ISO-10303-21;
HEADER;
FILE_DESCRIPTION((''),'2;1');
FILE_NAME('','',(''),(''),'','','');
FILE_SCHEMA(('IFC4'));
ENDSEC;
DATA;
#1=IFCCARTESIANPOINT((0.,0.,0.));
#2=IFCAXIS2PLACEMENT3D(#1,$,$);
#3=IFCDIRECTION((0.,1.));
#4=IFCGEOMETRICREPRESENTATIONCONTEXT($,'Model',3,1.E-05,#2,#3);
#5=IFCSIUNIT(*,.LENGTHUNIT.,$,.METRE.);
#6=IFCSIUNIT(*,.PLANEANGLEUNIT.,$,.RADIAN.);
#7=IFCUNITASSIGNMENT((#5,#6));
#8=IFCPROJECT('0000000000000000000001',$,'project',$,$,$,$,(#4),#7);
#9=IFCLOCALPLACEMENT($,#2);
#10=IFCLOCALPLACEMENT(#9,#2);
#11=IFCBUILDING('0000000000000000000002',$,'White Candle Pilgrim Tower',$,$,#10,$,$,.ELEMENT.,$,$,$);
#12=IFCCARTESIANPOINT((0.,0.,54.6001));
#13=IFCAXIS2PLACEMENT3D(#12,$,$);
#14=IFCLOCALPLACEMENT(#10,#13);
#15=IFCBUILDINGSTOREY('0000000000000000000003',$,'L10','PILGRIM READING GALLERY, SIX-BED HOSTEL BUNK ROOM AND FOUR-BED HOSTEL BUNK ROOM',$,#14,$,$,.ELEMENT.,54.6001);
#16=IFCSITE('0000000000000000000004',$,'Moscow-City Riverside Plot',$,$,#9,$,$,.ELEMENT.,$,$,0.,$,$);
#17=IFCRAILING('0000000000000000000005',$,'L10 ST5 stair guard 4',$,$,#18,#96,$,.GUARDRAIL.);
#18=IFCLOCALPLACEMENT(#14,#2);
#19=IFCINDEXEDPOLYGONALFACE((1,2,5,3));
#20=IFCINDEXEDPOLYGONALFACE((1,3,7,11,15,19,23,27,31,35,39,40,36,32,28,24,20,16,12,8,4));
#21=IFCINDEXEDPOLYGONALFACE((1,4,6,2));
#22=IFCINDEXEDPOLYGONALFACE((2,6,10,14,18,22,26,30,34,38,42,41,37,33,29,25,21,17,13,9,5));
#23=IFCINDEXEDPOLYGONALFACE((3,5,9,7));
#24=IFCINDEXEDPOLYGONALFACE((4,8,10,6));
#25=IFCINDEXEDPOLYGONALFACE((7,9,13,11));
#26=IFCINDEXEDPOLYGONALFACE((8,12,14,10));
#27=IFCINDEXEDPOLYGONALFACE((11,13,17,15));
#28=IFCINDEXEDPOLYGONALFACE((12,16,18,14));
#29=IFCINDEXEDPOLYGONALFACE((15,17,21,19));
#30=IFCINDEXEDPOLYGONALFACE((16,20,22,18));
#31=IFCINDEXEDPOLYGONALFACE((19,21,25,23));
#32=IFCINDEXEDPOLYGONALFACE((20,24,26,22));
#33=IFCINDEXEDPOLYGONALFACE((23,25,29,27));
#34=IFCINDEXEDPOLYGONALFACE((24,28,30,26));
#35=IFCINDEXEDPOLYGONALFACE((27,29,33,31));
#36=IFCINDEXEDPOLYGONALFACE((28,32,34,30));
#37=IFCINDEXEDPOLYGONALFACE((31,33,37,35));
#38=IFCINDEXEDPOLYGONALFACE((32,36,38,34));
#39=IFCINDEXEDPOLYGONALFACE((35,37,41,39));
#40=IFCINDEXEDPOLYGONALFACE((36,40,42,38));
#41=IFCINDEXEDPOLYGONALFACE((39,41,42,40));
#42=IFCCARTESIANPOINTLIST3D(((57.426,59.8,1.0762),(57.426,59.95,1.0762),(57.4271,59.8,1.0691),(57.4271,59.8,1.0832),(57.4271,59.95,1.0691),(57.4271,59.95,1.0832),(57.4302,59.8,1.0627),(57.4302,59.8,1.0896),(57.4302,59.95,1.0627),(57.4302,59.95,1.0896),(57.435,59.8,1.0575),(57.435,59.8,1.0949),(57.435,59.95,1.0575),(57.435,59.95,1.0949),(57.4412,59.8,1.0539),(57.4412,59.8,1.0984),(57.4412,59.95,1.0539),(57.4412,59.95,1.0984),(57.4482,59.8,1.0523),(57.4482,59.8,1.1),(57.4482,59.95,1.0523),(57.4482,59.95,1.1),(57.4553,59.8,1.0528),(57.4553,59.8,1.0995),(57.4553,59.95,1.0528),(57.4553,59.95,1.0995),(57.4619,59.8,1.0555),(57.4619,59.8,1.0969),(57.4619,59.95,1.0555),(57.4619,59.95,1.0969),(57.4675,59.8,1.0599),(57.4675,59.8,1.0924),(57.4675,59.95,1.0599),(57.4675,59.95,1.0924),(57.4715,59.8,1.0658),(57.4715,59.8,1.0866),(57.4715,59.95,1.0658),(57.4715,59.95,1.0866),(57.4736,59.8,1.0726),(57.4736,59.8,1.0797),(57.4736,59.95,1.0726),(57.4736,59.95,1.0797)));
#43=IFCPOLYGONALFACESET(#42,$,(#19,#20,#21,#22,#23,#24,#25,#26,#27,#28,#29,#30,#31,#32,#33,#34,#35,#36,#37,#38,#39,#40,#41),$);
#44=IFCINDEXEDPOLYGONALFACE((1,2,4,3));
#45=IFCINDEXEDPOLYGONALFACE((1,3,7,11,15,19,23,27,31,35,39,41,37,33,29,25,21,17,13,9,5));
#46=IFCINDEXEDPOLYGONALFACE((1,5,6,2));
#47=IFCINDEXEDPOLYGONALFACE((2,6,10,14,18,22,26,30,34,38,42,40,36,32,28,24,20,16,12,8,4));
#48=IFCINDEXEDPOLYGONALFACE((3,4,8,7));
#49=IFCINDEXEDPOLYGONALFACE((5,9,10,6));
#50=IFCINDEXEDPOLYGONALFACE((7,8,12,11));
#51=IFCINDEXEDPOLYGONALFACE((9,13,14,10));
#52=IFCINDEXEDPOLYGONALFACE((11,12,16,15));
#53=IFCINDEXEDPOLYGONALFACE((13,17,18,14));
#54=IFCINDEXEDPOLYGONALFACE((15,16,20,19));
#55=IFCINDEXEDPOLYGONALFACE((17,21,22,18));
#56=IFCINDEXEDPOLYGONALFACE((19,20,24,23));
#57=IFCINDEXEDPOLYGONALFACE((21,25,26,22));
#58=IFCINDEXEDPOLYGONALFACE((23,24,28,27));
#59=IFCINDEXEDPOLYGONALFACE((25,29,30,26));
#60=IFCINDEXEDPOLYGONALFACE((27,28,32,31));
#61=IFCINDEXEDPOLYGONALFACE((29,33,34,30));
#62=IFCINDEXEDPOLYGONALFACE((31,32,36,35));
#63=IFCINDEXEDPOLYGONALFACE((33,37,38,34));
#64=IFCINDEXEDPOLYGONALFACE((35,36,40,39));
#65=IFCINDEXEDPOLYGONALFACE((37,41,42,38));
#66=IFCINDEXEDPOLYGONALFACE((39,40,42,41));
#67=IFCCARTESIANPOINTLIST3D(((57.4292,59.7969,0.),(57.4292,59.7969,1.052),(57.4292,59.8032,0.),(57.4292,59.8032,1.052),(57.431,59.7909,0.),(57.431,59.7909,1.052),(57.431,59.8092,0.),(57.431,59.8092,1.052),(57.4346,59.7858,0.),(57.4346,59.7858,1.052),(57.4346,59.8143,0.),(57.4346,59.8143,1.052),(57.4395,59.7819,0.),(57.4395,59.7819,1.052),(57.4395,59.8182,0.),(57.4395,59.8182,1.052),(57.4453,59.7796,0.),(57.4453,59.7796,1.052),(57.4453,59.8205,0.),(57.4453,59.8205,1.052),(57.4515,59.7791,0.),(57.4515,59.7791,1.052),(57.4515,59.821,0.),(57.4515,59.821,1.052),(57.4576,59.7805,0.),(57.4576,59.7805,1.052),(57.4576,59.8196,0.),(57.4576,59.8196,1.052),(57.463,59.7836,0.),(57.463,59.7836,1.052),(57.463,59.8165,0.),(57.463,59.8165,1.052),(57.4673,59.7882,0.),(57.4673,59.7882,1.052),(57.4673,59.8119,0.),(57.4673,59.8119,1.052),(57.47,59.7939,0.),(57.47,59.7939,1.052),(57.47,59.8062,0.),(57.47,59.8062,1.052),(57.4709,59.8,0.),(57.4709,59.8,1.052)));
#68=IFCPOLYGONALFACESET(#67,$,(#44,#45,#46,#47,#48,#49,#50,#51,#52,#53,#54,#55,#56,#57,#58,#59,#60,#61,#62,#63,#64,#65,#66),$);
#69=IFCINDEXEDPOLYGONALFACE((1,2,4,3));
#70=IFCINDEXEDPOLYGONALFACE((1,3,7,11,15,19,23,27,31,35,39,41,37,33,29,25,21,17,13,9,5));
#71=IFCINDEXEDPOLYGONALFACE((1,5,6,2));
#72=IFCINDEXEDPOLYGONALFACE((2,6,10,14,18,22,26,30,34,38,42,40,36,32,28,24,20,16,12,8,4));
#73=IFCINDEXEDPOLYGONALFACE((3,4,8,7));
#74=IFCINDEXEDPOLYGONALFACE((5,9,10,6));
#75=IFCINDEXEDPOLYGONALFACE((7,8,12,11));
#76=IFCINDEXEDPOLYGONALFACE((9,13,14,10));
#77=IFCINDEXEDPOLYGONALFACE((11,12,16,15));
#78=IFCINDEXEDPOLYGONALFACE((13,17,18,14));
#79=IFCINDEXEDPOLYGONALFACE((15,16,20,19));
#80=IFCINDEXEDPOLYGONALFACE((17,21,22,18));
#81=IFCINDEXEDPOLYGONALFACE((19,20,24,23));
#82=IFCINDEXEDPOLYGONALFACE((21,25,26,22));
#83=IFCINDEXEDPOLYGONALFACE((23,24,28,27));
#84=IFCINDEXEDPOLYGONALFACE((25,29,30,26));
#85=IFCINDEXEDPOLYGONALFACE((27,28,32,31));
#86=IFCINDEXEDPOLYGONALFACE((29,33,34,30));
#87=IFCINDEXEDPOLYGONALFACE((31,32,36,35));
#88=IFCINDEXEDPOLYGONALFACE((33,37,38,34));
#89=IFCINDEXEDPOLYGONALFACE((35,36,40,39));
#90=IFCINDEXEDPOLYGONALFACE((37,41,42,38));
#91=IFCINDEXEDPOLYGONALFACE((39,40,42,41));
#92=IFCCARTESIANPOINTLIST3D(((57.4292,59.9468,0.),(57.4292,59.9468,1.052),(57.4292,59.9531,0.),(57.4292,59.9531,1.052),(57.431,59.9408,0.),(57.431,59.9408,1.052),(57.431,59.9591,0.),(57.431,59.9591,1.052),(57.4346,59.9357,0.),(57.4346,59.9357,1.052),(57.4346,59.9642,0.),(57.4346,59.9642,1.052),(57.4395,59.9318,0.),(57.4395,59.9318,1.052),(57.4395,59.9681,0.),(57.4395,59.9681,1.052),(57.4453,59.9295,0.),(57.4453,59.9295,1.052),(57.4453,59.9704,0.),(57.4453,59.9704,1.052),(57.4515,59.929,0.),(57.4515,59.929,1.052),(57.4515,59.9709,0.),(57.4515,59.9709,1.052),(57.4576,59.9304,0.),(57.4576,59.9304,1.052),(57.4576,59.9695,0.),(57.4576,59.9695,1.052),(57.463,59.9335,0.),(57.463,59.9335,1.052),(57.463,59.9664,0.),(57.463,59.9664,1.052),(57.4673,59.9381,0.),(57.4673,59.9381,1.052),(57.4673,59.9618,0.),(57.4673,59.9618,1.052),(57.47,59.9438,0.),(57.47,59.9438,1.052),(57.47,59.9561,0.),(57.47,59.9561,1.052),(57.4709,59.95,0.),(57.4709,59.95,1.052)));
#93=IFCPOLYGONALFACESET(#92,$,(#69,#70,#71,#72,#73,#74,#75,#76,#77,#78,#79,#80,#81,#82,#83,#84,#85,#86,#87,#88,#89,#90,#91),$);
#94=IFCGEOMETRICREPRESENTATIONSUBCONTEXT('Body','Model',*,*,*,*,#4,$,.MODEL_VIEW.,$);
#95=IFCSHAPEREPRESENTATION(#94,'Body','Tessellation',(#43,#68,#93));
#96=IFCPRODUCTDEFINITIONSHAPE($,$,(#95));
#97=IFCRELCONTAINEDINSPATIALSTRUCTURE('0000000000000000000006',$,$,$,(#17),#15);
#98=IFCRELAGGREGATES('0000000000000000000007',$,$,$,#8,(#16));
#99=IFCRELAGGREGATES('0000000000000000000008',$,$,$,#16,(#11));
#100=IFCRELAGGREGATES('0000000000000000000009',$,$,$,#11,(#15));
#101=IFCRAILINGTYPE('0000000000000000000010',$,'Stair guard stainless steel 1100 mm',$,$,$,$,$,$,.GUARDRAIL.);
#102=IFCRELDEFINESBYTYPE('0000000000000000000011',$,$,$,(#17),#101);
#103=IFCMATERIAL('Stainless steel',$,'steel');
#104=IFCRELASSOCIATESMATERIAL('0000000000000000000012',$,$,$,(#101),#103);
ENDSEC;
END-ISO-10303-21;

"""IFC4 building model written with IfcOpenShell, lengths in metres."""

from ifc_helpers import new_model, si_unit, direction, frame, origin, origin_2d, place, context, subcontext, project, spatial, circle, extrude, material, type_object, element, save


model = new_model("IFC4")

# Units and contexts
model_context = context("Model", 3, precision=1e-05, world=origin(), true_north=direction((0.0, 1.0)))
body_context = subcontext(model_context, "Body", "Model", "MODEL_VIEW")
ifc_project = project(units=[si_unit("LENGTHUNIT", "METRE"), si_unit("PLANEANGLEUNIT", "RADIAN")], contexts=[model_context])

# Site, building, storey
site_placement = place(None, origin())
site = spatial("IfcSite", under=ifc_project, at=site_placement, Name="Moscow-City Riverside Plot", CompositionType="ELEMENT", RefElevation=0.0)
building_placement = place(site_placement, origin())
building = spatial("IfcBuilding", under=site, at=building_placement, Name="White Candle Pilgrim Tower", CompositionType="ELEMENT")
storey_placement = place(building_placement, frame((0.0, 0.0, 54.6001)))
storey = spatial("IfcBuildingStorey", under=building, at=storey_placement, Name="L10", Description="PILGRIM READING GALLERY, SIX-BED HOSTEL BUNK ROOM AND FOUR-BED HOSTEL BUNK ROOM", CompositionType="ELEMENT", Elevation=54.6001)

# Railing
ifc_material_1 = material(Name="Stainless steel", Category="steel")
railing_type_1 = type_object("IfcRailingType", Name="Stair guard stainless steel 1100 mm", PredefinedType="GUARDRAIL", material=ifc_material_1)
railing_1_placement = place(storey_placement, frame((57.45, 59.8, 0.0)))
element("IfcRailing", 1, at=railing_1_placement, inside=storey, type_object=railing_type_1, Name="L10 ST5 stair guard 4", PredefinedType="GUARDRAIL", context=body_context, shape_type="SweptSolid", body=[
    extrude(circle(Radius=0.0239, at=origin_2d()), frame((0.0, 0.0, 1.0762), z_axis=(0.0, 1.0, 0.0), x_axis=(-1.0, 0.0, 0.0)), (0.0, 0.0, 1.0), 0.1499),
    extrude(circle(Radius=0.021, at=origin_2d()), origin(), (0.0, 0.0, 1.0), 1.052),
    extrude(circle(Radius=0.021, at=origin_2d()), frame((0.0, 0.1499, 0.0)), (0.0, 0.0, 1.0), 1.052),
])

save(model, "model.ifc")
